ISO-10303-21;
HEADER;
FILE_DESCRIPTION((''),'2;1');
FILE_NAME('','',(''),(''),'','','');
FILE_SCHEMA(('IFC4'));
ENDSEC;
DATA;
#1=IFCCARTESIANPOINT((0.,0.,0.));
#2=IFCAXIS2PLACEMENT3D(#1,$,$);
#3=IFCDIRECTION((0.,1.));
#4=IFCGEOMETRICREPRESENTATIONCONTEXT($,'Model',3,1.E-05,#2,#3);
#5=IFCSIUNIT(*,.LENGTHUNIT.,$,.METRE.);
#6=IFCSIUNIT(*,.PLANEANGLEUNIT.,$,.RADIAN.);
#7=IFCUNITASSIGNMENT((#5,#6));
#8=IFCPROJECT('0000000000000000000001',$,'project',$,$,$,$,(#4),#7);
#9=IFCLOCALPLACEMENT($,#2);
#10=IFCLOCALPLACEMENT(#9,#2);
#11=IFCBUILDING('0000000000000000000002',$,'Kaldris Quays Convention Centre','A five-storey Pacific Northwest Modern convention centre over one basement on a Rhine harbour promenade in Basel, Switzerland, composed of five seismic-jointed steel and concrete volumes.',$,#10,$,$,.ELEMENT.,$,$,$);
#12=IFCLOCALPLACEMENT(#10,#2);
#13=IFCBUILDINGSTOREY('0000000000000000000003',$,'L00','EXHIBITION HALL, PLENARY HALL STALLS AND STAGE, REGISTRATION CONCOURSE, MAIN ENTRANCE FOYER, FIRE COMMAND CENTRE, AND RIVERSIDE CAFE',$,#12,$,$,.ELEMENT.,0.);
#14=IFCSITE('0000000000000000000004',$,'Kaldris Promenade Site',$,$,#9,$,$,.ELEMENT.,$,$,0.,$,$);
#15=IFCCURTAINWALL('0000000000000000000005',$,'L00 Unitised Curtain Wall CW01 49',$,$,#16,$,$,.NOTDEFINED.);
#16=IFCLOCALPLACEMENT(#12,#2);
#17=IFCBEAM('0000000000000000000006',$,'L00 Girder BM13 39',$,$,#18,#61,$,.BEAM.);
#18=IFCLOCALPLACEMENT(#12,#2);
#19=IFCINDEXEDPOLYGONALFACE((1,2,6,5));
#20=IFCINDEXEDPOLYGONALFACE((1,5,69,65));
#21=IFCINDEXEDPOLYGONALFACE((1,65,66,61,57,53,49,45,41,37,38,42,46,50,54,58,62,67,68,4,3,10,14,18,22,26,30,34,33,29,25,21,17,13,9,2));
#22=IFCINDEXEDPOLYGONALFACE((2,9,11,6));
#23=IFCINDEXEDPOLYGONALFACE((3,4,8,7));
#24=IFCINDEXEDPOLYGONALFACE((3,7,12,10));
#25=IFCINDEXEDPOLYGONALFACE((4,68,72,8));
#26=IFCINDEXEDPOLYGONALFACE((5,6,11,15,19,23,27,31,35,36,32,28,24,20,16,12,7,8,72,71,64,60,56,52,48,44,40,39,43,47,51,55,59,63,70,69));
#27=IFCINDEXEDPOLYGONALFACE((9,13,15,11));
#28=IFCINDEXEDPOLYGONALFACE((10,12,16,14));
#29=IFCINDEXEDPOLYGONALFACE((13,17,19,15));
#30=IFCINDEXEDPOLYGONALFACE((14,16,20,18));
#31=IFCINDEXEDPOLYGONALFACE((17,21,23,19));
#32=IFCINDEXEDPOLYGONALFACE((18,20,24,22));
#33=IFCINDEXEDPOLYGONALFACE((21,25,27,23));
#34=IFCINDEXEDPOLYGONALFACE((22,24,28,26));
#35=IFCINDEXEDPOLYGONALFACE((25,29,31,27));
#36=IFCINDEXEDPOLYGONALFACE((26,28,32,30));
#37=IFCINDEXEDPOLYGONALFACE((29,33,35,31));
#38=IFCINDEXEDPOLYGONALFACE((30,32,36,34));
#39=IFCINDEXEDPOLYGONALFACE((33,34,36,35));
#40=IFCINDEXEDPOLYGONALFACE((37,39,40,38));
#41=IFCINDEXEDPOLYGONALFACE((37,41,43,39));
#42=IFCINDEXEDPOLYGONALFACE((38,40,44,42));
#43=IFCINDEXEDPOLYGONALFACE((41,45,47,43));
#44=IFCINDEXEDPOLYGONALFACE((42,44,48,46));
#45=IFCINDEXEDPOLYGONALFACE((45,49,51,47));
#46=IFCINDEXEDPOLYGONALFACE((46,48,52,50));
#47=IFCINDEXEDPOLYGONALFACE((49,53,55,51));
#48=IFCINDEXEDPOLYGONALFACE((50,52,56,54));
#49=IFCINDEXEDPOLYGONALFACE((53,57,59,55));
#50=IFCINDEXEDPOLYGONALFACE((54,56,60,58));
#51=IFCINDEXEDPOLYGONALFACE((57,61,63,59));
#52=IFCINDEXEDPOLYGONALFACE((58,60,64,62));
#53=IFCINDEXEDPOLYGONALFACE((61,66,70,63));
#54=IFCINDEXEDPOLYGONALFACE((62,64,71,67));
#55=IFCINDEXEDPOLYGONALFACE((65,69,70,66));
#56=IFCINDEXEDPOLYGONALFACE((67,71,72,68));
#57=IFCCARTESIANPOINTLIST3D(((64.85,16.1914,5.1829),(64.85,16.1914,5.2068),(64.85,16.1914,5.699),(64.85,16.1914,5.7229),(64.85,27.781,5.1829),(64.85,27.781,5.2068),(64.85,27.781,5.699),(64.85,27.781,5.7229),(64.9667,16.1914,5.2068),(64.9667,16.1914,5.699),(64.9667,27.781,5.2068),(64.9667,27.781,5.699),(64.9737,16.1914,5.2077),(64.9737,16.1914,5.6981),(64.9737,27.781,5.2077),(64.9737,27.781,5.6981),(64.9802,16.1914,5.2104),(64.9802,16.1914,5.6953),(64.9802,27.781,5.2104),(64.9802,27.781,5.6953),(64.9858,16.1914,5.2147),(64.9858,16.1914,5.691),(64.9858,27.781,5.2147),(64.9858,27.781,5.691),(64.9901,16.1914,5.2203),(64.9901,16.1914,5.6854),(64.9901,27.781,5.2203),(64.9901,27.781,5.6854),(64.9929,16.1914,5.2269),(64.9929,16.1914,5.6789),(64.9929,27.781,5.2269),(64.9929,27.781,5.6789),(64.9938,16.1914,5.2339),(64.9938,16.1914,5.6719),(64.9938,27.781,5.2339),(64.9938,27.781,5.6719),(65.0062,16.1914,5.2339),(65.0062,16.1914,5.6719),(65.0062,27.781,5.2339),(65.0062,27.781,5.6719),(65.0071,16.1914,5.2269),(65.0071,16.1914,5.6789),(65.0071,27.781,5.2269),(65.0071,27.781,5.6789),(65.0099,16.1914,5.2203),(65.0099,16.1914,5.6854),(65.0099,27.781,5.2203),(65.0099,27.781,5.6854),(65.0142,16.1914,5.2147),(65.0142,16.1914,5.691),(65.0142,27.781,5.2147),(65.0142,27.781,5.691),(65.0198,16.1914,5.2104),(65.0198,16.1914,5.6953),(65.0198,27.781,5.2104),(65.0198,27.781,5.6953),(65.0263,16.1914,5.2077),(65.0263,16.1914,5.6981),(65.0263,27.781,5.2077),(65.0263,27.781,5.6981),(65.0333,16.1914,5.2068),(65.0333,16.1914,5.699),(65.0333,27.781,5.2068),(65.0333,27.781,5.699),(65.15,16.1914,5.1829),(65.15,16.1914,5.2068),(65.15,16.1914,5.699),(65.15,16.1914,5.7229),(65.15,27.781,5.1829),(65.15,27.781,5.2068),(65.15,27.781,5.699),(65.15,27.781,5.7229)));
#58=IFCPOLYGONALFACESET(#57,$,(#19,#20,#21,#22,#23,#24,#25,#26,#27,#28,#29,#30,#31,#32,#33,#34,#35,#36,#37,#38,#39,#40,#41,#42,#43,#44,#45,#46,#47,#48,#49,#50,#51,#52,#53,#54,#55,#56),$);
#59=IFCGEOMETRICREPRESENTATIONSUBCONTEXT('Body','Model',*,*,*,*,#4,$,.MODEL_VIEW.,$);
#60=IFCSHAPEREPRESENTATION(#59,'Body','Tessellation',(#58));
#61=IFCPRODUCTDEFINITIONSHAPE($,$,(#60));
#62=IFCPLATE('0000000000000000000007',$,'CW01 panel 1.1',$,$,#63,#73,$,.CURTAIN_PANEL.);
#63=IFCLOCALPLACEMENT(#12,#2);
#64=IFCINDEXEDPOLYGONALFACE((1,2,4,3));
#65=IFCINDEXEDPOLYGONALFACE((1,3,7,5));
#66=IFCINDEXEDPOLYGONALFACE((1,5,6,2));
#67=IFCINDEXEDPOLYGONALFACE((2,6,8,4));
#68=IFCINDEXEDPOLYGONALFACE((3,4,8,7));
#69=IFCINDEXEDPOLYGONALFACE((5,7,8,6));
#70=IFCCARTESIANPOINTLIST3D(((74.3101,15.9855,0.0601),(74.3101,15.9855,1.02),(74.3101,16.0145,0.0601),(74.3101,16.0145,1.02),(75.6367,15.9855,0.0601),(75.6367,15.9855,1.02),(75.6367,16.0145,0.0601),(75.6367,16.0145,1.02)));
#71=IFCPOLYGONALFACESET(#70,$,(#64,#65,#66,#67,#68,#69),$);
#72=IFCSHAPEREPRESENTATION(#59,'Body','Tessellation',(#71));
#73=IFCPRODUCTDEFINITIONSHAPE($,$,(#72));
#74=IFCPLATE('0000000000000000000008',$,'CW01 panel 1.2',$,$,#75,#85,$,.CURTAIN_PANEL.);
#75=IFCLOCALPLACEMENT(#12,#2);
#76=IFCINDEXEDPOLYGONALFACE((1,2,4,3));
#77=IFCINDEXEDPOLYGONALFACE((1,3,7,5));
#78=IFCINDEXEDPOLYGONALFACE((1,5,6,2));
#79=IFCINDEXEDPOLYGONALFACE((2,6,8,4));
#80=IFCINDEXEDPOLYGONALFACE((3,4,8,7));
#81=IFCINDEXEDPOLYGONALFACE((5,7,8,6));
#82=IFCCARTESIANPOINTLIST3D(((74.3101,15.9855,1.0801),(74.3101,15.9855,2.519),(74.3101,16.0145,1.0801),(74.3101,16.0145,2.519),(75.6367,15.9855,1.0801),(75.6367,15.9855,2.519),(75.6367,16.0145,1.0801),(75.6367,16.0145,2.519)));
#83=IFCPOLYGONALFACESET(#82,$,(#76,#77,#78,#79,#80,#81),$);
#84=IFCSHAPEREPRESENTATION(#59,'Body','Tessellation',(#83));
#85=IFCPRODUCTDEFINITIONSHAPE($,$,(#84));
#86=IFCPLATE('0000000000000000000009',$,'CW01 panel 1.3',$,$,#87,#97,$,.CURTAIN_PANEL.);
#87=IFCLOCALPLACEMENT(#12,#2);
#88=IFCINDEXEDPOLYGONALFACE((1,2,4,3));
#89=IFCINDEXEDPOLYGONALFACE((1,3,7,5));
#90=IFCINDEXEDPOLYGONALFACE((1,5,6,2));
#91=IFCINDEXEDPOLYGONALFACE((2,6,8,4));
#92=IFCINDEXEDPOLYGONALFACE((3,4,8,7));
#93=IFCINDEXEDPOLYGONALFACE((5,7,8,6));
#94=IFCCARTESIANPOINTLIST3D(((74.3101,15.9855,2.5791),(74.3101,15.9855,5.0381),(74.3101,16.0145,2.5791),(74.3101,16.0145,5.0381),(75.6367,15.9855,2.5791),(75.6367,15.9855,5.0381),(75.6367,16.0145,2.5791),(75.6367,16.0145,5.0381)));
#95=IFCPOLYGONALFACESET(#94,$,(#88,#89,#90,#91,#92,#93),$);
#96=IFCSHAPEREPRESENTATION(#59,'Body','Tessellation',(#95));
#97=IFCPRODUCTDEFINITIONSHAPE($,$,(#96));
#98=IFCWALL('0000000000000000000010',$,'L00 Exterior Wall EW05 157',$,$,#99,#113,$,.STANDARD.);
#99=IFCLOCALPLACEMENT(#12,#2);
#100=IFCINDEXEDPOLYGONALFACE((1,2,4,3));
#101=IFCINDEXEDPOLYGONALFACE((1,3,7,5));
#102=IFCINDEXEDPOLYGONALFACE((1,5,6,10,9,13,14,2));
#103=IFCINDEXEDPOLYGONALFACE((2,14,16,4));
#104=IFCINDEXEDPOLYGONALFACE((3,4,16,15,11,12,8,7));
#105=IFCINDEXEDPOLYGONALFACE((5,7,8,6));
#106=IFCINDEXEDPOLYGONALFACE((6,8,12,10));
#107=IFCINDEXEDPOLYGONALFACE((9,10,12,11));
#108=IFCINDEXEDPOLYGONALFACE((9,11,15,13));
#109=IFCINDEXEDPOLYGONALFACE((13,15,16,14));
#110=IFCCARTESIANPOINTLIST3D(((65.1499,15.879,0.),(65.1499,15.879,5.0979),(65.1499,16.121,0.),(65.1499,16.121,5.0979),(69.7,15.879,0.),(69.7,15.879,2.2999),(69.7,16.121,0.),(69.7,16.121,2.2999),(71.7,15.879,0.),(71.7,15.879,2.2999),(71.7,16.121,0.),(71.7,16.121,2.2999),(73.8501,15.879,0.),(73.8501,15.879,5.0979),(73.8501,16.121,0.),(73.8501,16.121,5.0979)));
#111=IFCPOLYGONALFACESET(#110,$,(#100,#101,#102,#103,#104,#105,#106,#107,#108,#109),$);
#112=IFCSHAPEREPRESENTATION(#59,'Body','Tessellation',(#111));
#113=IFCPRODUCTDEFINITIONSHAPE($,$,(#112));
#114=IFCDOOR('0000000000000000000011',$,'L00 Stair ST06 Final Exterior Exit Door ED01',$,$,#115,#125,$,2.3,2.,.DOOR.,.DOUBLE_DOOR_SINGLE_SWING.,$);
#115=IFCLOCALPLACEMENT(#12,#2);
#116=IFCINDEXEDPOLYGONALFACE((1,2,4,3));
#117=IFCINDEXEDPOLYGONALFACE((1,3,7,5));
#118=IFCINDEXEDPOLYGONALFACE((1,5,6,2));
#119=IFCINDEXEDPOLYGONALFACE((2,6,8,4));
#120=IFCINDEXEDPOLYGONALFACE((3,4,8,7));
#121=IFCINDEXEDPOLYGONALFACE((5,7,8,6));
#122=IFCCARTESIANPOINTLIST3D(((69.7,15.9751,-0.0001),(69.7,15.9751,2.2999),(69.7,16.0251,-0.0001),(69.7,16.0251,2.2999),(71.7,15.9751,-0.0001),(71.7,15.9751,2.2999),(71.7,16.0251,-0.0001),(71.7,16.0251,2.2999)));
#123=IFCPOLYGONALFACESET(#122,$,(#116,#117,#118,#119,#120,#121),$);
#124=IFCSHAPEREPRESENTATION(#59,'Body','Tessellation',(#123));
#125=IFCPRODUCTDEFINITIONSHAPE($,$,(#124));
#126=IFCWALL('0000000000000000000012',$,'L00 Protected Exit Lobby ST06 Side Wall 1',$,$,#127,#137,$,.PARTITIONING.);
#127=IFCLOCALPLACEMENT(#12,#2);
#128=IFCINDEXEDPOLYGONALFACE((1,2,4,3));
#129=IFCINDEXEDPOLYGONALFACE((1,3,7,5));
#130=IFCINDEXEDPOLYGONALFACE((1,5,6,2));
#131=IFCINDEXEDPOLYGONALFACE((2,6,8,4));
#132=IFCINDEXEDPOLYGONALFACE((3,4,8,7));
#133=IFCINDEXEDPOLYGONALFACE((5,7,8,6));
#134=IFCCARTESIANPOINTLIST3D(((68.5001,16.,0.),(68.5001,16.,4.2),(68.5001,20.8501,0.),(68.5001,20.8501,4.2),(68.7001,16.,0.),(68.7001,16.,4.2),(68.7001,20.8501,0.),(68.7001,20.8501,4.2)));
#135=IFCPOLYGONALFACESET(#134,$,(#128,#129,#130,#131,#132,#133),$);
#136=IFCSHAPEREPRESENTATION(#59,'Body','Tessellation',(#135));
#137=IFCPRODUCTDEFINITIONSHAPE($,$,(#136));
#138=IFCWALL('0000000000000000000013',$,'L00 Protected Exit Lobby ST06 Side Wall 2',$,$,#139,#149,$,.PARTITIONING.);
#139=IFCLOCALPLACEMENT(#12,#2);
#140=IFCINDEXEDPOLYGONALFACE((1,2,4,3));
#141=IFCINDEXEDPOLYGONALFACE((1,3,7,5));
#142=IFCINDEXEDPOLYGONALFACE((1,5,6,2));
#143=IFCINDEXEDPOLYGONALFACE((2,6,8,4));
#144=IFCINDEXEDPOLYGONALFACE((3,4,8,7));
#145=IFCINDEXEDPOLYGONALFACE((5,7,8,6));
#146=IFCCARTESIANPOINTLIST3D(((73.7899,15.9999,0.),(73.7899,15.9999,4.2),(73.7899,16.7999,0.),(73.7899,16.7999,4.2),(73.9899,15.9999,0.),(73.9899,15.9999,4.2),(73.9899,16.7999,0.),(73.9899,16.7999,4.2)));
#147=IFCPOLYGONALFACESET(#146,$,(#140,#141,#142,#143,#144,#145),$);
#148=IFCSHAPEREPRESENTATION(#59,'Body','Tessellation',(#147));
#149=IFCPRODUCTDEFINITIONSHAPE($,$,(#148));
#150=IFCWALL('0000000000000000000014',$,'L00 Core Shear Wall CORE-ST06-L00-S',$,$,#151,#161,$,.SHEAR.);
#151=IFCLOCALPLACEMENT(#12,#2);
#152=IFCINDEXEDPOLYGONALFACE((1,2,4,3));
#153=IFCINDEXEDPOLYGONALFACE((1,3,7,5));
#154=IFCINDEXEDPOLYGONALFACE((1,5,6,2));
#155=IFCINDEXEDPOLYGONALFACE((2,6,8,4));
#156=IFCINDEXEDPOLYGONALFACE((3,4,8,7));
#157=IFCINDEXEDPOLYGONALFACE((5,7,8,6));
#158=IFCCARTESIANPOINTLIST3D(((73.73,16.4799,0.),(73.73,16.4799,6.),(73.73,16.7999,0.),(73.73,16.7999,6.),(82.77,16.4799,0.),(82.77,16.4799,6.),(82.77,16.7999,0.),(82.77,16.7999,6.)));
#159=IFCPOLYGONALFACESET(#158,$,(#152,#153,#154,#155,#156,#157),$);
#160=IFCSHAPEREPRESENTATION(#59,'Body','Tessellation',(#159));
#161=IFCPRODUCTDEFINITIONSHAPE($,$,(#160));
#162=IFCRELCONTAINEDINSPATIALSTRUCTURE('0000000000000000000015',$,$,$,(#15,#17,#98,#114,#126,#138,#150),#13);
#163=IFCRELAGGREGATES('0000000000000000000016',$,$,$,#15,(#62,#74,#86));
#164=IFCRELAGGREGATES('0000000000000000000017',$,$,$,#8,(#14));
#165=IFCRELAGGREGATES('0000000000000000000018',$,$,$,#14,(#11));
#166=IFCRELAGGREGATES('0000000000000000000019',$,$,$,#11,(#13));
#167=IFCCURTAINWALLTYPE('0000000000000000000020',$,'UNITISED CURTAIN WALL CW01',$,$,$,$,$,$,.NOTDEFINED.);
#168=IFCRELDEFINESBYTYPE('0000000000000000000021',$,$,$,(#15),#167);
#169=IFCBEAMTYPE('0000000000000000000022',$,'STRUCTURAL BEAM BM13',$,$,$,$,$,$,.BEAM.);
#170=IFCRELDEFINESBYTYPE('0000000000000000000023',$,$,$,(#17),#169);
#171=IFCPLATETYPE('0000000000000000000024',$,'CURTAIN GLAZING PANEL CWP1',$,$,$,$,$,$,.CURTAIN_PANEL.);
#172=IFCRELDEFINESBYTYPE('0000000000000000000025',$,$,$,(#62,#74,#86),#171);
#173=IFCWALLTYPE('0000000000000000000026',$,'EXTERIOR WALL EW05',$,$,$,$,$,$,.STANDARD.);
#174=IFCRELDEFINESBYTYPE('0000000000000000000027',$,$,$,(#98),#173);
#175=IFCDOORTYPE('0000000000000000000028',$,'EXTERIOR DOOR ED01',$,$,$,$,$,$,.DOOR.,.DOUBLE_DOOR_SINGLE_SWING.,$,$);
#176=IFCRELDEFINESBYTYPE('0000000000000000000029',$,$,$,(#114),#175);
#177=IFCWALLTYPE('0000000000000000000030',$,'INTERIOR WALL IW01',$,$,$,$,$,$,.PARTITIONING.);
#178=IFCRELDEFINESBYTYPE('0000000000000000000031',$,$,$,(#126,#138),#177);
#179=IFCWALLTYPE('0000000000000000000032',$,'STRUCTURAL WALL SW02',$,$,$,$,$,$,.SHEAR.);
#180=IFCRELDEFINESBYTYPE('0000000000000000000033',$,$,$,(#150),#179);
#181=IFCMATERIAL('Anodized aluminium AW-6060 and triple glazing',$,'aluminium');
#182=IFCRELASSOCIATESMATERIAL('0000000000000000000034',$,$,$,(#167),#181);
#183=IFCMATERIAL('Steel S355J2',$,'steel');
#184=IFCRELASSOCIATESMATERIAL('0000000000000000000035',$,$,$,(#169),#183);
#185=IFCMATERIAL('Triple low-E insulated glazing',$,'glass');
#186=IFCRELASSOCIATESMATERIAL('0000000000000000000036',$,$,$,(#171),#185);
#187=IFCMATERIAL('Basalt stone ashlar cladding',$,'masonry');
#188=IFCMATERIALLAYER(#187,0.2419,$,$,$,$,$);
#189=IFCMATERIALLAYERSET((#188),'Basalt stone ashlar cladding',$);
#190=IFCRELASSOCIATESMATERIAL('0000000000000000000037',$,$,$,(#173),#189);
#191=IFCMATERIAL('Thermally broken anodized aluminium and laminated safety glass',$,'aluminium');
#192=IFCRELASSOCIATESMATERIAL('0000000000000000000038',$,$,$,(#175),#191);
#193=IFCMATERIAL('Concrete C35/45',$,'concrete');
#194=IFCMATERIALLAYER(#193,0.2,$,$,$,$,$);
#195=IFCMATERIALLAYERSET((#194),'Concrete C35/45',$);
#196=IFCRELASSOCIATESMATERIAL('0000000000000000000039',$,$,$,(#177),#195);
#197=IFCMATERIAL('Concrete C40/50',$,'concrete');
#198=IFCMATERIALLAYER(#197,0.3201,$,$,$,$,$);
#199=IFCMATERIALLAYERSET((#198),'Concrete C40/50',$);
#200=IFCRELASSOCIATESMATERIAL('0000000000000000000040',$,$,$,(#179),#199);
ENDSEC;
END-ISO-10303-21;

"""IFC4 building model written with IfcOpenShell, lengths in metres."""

from ifc_helpers import new_model, si_unit, direction, frame, frame_2d, origin, origin_2d, place, context, subcontext, project, spatial, rectangle, i_section, extrude, material, layer, layer_set, material_profile, profile_set, type_object, element, fill, aggregate, save


model = new_model("IFC4")

# Units and contexts
model_context = context("Model", 3, precision=1e-05, world=origin(), true_north=direction((0.0, 1.0)))
body_context = subcontext(model_context, "Body", "Model", "MODEL_VIEW")
ifc_project = project(units=[si_unit("LENGTHUNIT", "METRE"), si_unit("PLANEANGLEUNIT", "RADIAN")], contexts=[model_context])

# Site, building, storey
site_placement = place(None, origin())
site = spatial("IfcSite", under=ifc_project, at=site_placement, Name="Kaldris Promenade Site", CompositionType="ELEMENT", RefElevation=0.0)
building_placement = place(site_placement, origin())
building = spatial("IfcBuilding", under=site, at=building_placement, Name="Kaldris Quays Convention Centre", Description="A five-storey Pacific Northwest Modern convention centre over one basement on a Rhine harbour promenade in Basel, Switzerland, composed of five seismic-jointed steel and concrete volumes.", CompositionType="ELEMENT")
storey_placement = place(building_placement, origin())
storey = spatial("IfcBuildingStorey", under=building, at=storey_placement, Name="L00", Description="EXHIBITION HALL, PLENARY HALL STALLS AND STAGE, REGISTRATION CONCOURSE, MAIN ENTRANCE FOYER, FIRE COMMAND CENTRE, AND RIVERSIDE CAFE", CompositionType="ELEMENT", Elevation=0.0)

# Shared definitions
ifc_material_1 = material(Name="Anodized aluminium AW-6060 and triple glazing", Category="aluminium")
curtain_wall_type = type_object("IfcCurtainWallType", Name="UNITISED CURTAIN WALL CW01", PredefinedType="NOTDEFINED", material=ifc_material_1)

# Curtain wall
curtain_wall_1_placement = place(storey_placement, origin())
curtain_wall_1 = element("IfcCurtainWall", 1, at=curtain_wall_1_placement, inside=storey, type_object=curtain_wall_type, Name="L00 Unitised Curtain Wall CW01 49", PredefinedType="NOTDEFINED")

# Beam
ifc_material_2 = material(Name="Steel S355J2", Category="steel")
ifc_material_profile_1 = material_profile(ifc_material_2, i_section(OverallWidth=0.3, OverallDepth=0.54, WebThickness=0.0125, FlangeThickness=0.0239, FilletRadius=0.0271, at=origin_2d()), Name="HEA 550")
ifc_profile_set_1 = profile_set([ifc_material_profile_1], Name="Steel S355J2")
beam_type_1 = type_object("IfcBeamType", Name="STRUCTURAL BEAM BM13", PredefinedType="BEAM", material=ifc_profile_set_1)
beam_placement = place(storey_placement, frame((65.0, 16.1914, 5.4529), z_axis=(0.0, 1.0, 0.0), x_axis=(-1.0, 0.0, 0.0)))
element("IfcBeam", 2, at=beam_placement, inside=storey, type_object=beam_type_1, Name="L00 Girder BM13 39", PredefinedType="BEAM", context=body_context, shape_type="SweptSolid", body=[
    extrude(i_section(OverallWidth=0.3, OverallDepth=0.54, WebThickness=0.0125, FlangeThickness=0.0239, FilletRadius=0.0271, at=origin_2d()), origin(), (0.0, 0.0, 1.0), 11.5896),
])

# Plates
ifc_material_3 = material(Name="Triple low-E insulated glazing", Category="glass")
plate_type = type_object("IfcPlateType", Name="CURTAIN GLAZING PANEL CWP1", PredefinedType="CURTAIN_PANEL", material=ifc_material_3)
plate_1_placement = place(storey_placement, frame((74.9734, 16.0, 0.0601), z_axis=(0.0, 0.0, 1.0), x_axis=(1.0, 0.0, 0.0)))
plate_1 = element("IfcPlate", 3, at=plate_1_placement, type_object=plate_type, Name="CW01 panel 1.1", PredefinedType="CURTAIN_PANEL", context=body_context, shape_type="SweptSolid", body=[
    extrude(rectangle(XDim=1.3267, YDim=0.0291, at=origin_2d()), origin(), (0.0, 0.0, 1.0), 0.96),
])
plate_2_placement = place(storey_placement, frame((74.9734, 16.0, 1.0801), z_axis=(0.0, 0.0, 1.0), x_axis=(1.0, 0.0, 0.0)))
plate_2 = element("IfcPlate", 4, at=plate_2_placement, type_object=plate_type, Name="CW01 panel 1.2", PredefinedType="CURTAIN_PANEL", context=body_context, shape_type="SweptSolid", body=[
    extrude(rectangle(XDim=1.3267, YDim=0.0291, at=origin_2d()), origin(), (0.0, 0.0, 1.0), 1.439),
])
plate_3_placement = place(storey_placement, frame((74.9734, 16.0, 2.5791), z_axis=(0.0, 0.0, 1.0), x_axis=(1.0, 0.0, 0.0)))
plate_3 = element("IfcPlate", 5, at=plate_3_placement, type_object=plate_type, Name="CW01 panel 1.3", PredefinedType="CURTAIN_PANEL", context=body_context, shape_type="SweptSolid", body=[
    extrude(rectangle(XDim=1.3267, YDim=0.0291, at=origin_2d()), origin(), (0.0, 0.0, 1.0), 2.459),
])
aggregate(curtain_wall_1, [plate_1, plate_2, plate_3])

# Wall, opening, door
ifc_material_4 = material(Name="Basalt stone ashlar cladding", Category="masonry")
ifc_layer_1 = layer(ifc_material_4, 0.2419)
ifc_layer_set_1 = layer_set([ifc_layer_1], Name="Basalt stone ashlar cladding")
wall_type_1 = type_object("IfcWallType", Name="EXTERIOR WALL EW05", PredefinedType="STANDARD", material=ifc_layer_set_1)
wall_1_placement = place(storey_placement, frame((65.1499, 16.0, 0.0), z_axis=(0.0, 0.0, 1.0), x_axis=(1.0, 0.0, 0.0)))
wall_1 = element("IfcWall", 6, at=wall_1_placement, inside=storey, type_object=wall_type_1, Name="L00 Exterior Wall EW05 157", PredefinedType="STANDARD", context=body_context, shape_type="SweptSolid", body=[
    extrude(rectangle(XDim=8.7002, YDim=0.2419, at=frame_2d((4.3501, 0.0))), origin(), (0.0, 0.0, 1.0), 5.0979),
])
opening_1_placement = place(wall_1_placement, frame((4.55, 0.0, 0.0)))
opening_1 = element("IfcOpeningElement", 7, at=opening_1_placement, cuts=wall_1, PredefinedType="OPENING", context=body_context, shape_type="SweptSolid", body=[
    extrude(rectangle(XDim=2.0, YDim=2.3, at=frame_2d((1.0, 1.1499))), frame((0.0, 0.1309, 0.0), z_axis=(0.0, -1.0, 0.0), x_axis=(1.0, 0.0, 0.0)), (0.0, 0.0, 1.0), 0.262),
])
ifc_material_5 = material(Name="Thermally broken anodized aluminium and laminated safety glass", Category="aluminium")
door_type_1 = type_object("IfcDoorType", Name="EXTERIOR DOOR ED01", OperationType="DOUBLE_DOOR_SINGLE_SWING", PredefinedType="DOOR", material=ifc_material_5)
door_1_placement = place(opening_1_placement, frame((2.0, 0.0, 0.0), z_axis=(0.0, 0.0, 1.0), x_axis=(-1.0, 0.0, 0.0)))
door_1 = element("IfcDoor", 8, at=door_1_placement, inside=storey, type_object=door_type_1, Name="L00 Stair ST06 Final Exterior Exit Door ED01", OperationType="DOUBLE_DOOR_SINGLE_SWING", OverallHeight=2.3, OverallWidth=2.0, PredefinedType="DOOR", context=body_context, shape_type="SweptSolid", body=[
    extrude(rectangle(XDim=2.0, YDim=2.3, at=frame_2d((1.0, 1.1499))), frame((0.0, 0.0249, 0.0), z_axis=(0.0, -1.0, 0.0), x_axis=(1.0, 0.0, 0.0)), (0.0, 0.0, 1.0), 0.05),
])
fill(opening_1, door_1)

# Walls
ifc_material_6 = material(Name="Concrete C35/45", Category="concrete")
ifc_layer_2 = layer(ifc_material_6, 0.2)
ifc_layer_set_2 = layer_set([ifc_layer_2], Name="Concrete C35/45")
wall_type_2 = type_object("IfcWallType", Name="INTERIOR WALL IW01", PredefinedType="PARTITIONING", material=ifc_layer_set_2)
wall_2_placement = place(storey_placement, frame((68.6001, 16.0, 0.0), z_axis=(0.0, 0.0, 1.0), x_axis=(0.0, 1.0, 0.0)))
element("IfcWall", 9, at=wall_2_placement, inside=storey, type_object=wall_type_2, Name="L00 Protected Exit Lobby ST06 Side Wall 1", PredefinedType="PARTITIONING", context=body_context, shape_type="SweptSolid", body=[
    extrude(rectangle(XDim=4.8501, YDim=0.2, at=frame_2d((2.425, 0.0))), origin(), (0.0, 0.0, 1.0), 4.2),
])
wall_3_placement = place(storey_placement, frame((73.8899, 16.0, 0.0), z_axis=(0.0, 0.0, 1.0), x_axis=(0.0, 1.0, 0.0)))
element("IfcWall", 10, at=wall_3_placement, inside=storey, type_object=wall_type_2, Name="L00 Protected Exit Lobby ST06 Side Wall 2", PredefinedType="PARTITIONING", context=body_context, shape_type="SweptSolid", body=[
    extrude(rectangle(XDim=0.8, YDim=0.2, at=frame_2d((0.3999, 0.0))), origin(), (0.0, 0.0, 1.0), 4.2),
])
ifc_material_7 = material(Name="Concrete C40/50", Category="concrete")
ifc_layer_3 = layer(ifc_material_7, 0.3201)
ifc_layer_set_3 = layer_set([ifc_layer_3], Name="Concrete C40/50")
wall_type_3 = type_object("IfcWallType", Name="STRUCTURAL WALL SW02", PredefinedType="SHEAR", material=ifc_layer_set_3)
wall_4_placement = place(storey_placement, frame((73.73, 16.6399, 0.0), z_axis=(0.0, 0.0, 1.0), x_axis=(1.0, 0.0, 0.0)))
element("IfcWall", 11, at=wall_4_placement, inside=storey, type_object=wall_type_3, Name="L00 Core Shear Wall CORE-ST06-L00-S", PredefinedType="SHEAR", context=body_context, shape_type="SweptSolid", body=[
    extrude(rectangle(XDim=9.04, YDim=0.3201, at=frame_2d((4.52, 0.0))), origin(), (0.0, 0.0, 1.0), 6.0),
])

save(model, "model.ifc")
